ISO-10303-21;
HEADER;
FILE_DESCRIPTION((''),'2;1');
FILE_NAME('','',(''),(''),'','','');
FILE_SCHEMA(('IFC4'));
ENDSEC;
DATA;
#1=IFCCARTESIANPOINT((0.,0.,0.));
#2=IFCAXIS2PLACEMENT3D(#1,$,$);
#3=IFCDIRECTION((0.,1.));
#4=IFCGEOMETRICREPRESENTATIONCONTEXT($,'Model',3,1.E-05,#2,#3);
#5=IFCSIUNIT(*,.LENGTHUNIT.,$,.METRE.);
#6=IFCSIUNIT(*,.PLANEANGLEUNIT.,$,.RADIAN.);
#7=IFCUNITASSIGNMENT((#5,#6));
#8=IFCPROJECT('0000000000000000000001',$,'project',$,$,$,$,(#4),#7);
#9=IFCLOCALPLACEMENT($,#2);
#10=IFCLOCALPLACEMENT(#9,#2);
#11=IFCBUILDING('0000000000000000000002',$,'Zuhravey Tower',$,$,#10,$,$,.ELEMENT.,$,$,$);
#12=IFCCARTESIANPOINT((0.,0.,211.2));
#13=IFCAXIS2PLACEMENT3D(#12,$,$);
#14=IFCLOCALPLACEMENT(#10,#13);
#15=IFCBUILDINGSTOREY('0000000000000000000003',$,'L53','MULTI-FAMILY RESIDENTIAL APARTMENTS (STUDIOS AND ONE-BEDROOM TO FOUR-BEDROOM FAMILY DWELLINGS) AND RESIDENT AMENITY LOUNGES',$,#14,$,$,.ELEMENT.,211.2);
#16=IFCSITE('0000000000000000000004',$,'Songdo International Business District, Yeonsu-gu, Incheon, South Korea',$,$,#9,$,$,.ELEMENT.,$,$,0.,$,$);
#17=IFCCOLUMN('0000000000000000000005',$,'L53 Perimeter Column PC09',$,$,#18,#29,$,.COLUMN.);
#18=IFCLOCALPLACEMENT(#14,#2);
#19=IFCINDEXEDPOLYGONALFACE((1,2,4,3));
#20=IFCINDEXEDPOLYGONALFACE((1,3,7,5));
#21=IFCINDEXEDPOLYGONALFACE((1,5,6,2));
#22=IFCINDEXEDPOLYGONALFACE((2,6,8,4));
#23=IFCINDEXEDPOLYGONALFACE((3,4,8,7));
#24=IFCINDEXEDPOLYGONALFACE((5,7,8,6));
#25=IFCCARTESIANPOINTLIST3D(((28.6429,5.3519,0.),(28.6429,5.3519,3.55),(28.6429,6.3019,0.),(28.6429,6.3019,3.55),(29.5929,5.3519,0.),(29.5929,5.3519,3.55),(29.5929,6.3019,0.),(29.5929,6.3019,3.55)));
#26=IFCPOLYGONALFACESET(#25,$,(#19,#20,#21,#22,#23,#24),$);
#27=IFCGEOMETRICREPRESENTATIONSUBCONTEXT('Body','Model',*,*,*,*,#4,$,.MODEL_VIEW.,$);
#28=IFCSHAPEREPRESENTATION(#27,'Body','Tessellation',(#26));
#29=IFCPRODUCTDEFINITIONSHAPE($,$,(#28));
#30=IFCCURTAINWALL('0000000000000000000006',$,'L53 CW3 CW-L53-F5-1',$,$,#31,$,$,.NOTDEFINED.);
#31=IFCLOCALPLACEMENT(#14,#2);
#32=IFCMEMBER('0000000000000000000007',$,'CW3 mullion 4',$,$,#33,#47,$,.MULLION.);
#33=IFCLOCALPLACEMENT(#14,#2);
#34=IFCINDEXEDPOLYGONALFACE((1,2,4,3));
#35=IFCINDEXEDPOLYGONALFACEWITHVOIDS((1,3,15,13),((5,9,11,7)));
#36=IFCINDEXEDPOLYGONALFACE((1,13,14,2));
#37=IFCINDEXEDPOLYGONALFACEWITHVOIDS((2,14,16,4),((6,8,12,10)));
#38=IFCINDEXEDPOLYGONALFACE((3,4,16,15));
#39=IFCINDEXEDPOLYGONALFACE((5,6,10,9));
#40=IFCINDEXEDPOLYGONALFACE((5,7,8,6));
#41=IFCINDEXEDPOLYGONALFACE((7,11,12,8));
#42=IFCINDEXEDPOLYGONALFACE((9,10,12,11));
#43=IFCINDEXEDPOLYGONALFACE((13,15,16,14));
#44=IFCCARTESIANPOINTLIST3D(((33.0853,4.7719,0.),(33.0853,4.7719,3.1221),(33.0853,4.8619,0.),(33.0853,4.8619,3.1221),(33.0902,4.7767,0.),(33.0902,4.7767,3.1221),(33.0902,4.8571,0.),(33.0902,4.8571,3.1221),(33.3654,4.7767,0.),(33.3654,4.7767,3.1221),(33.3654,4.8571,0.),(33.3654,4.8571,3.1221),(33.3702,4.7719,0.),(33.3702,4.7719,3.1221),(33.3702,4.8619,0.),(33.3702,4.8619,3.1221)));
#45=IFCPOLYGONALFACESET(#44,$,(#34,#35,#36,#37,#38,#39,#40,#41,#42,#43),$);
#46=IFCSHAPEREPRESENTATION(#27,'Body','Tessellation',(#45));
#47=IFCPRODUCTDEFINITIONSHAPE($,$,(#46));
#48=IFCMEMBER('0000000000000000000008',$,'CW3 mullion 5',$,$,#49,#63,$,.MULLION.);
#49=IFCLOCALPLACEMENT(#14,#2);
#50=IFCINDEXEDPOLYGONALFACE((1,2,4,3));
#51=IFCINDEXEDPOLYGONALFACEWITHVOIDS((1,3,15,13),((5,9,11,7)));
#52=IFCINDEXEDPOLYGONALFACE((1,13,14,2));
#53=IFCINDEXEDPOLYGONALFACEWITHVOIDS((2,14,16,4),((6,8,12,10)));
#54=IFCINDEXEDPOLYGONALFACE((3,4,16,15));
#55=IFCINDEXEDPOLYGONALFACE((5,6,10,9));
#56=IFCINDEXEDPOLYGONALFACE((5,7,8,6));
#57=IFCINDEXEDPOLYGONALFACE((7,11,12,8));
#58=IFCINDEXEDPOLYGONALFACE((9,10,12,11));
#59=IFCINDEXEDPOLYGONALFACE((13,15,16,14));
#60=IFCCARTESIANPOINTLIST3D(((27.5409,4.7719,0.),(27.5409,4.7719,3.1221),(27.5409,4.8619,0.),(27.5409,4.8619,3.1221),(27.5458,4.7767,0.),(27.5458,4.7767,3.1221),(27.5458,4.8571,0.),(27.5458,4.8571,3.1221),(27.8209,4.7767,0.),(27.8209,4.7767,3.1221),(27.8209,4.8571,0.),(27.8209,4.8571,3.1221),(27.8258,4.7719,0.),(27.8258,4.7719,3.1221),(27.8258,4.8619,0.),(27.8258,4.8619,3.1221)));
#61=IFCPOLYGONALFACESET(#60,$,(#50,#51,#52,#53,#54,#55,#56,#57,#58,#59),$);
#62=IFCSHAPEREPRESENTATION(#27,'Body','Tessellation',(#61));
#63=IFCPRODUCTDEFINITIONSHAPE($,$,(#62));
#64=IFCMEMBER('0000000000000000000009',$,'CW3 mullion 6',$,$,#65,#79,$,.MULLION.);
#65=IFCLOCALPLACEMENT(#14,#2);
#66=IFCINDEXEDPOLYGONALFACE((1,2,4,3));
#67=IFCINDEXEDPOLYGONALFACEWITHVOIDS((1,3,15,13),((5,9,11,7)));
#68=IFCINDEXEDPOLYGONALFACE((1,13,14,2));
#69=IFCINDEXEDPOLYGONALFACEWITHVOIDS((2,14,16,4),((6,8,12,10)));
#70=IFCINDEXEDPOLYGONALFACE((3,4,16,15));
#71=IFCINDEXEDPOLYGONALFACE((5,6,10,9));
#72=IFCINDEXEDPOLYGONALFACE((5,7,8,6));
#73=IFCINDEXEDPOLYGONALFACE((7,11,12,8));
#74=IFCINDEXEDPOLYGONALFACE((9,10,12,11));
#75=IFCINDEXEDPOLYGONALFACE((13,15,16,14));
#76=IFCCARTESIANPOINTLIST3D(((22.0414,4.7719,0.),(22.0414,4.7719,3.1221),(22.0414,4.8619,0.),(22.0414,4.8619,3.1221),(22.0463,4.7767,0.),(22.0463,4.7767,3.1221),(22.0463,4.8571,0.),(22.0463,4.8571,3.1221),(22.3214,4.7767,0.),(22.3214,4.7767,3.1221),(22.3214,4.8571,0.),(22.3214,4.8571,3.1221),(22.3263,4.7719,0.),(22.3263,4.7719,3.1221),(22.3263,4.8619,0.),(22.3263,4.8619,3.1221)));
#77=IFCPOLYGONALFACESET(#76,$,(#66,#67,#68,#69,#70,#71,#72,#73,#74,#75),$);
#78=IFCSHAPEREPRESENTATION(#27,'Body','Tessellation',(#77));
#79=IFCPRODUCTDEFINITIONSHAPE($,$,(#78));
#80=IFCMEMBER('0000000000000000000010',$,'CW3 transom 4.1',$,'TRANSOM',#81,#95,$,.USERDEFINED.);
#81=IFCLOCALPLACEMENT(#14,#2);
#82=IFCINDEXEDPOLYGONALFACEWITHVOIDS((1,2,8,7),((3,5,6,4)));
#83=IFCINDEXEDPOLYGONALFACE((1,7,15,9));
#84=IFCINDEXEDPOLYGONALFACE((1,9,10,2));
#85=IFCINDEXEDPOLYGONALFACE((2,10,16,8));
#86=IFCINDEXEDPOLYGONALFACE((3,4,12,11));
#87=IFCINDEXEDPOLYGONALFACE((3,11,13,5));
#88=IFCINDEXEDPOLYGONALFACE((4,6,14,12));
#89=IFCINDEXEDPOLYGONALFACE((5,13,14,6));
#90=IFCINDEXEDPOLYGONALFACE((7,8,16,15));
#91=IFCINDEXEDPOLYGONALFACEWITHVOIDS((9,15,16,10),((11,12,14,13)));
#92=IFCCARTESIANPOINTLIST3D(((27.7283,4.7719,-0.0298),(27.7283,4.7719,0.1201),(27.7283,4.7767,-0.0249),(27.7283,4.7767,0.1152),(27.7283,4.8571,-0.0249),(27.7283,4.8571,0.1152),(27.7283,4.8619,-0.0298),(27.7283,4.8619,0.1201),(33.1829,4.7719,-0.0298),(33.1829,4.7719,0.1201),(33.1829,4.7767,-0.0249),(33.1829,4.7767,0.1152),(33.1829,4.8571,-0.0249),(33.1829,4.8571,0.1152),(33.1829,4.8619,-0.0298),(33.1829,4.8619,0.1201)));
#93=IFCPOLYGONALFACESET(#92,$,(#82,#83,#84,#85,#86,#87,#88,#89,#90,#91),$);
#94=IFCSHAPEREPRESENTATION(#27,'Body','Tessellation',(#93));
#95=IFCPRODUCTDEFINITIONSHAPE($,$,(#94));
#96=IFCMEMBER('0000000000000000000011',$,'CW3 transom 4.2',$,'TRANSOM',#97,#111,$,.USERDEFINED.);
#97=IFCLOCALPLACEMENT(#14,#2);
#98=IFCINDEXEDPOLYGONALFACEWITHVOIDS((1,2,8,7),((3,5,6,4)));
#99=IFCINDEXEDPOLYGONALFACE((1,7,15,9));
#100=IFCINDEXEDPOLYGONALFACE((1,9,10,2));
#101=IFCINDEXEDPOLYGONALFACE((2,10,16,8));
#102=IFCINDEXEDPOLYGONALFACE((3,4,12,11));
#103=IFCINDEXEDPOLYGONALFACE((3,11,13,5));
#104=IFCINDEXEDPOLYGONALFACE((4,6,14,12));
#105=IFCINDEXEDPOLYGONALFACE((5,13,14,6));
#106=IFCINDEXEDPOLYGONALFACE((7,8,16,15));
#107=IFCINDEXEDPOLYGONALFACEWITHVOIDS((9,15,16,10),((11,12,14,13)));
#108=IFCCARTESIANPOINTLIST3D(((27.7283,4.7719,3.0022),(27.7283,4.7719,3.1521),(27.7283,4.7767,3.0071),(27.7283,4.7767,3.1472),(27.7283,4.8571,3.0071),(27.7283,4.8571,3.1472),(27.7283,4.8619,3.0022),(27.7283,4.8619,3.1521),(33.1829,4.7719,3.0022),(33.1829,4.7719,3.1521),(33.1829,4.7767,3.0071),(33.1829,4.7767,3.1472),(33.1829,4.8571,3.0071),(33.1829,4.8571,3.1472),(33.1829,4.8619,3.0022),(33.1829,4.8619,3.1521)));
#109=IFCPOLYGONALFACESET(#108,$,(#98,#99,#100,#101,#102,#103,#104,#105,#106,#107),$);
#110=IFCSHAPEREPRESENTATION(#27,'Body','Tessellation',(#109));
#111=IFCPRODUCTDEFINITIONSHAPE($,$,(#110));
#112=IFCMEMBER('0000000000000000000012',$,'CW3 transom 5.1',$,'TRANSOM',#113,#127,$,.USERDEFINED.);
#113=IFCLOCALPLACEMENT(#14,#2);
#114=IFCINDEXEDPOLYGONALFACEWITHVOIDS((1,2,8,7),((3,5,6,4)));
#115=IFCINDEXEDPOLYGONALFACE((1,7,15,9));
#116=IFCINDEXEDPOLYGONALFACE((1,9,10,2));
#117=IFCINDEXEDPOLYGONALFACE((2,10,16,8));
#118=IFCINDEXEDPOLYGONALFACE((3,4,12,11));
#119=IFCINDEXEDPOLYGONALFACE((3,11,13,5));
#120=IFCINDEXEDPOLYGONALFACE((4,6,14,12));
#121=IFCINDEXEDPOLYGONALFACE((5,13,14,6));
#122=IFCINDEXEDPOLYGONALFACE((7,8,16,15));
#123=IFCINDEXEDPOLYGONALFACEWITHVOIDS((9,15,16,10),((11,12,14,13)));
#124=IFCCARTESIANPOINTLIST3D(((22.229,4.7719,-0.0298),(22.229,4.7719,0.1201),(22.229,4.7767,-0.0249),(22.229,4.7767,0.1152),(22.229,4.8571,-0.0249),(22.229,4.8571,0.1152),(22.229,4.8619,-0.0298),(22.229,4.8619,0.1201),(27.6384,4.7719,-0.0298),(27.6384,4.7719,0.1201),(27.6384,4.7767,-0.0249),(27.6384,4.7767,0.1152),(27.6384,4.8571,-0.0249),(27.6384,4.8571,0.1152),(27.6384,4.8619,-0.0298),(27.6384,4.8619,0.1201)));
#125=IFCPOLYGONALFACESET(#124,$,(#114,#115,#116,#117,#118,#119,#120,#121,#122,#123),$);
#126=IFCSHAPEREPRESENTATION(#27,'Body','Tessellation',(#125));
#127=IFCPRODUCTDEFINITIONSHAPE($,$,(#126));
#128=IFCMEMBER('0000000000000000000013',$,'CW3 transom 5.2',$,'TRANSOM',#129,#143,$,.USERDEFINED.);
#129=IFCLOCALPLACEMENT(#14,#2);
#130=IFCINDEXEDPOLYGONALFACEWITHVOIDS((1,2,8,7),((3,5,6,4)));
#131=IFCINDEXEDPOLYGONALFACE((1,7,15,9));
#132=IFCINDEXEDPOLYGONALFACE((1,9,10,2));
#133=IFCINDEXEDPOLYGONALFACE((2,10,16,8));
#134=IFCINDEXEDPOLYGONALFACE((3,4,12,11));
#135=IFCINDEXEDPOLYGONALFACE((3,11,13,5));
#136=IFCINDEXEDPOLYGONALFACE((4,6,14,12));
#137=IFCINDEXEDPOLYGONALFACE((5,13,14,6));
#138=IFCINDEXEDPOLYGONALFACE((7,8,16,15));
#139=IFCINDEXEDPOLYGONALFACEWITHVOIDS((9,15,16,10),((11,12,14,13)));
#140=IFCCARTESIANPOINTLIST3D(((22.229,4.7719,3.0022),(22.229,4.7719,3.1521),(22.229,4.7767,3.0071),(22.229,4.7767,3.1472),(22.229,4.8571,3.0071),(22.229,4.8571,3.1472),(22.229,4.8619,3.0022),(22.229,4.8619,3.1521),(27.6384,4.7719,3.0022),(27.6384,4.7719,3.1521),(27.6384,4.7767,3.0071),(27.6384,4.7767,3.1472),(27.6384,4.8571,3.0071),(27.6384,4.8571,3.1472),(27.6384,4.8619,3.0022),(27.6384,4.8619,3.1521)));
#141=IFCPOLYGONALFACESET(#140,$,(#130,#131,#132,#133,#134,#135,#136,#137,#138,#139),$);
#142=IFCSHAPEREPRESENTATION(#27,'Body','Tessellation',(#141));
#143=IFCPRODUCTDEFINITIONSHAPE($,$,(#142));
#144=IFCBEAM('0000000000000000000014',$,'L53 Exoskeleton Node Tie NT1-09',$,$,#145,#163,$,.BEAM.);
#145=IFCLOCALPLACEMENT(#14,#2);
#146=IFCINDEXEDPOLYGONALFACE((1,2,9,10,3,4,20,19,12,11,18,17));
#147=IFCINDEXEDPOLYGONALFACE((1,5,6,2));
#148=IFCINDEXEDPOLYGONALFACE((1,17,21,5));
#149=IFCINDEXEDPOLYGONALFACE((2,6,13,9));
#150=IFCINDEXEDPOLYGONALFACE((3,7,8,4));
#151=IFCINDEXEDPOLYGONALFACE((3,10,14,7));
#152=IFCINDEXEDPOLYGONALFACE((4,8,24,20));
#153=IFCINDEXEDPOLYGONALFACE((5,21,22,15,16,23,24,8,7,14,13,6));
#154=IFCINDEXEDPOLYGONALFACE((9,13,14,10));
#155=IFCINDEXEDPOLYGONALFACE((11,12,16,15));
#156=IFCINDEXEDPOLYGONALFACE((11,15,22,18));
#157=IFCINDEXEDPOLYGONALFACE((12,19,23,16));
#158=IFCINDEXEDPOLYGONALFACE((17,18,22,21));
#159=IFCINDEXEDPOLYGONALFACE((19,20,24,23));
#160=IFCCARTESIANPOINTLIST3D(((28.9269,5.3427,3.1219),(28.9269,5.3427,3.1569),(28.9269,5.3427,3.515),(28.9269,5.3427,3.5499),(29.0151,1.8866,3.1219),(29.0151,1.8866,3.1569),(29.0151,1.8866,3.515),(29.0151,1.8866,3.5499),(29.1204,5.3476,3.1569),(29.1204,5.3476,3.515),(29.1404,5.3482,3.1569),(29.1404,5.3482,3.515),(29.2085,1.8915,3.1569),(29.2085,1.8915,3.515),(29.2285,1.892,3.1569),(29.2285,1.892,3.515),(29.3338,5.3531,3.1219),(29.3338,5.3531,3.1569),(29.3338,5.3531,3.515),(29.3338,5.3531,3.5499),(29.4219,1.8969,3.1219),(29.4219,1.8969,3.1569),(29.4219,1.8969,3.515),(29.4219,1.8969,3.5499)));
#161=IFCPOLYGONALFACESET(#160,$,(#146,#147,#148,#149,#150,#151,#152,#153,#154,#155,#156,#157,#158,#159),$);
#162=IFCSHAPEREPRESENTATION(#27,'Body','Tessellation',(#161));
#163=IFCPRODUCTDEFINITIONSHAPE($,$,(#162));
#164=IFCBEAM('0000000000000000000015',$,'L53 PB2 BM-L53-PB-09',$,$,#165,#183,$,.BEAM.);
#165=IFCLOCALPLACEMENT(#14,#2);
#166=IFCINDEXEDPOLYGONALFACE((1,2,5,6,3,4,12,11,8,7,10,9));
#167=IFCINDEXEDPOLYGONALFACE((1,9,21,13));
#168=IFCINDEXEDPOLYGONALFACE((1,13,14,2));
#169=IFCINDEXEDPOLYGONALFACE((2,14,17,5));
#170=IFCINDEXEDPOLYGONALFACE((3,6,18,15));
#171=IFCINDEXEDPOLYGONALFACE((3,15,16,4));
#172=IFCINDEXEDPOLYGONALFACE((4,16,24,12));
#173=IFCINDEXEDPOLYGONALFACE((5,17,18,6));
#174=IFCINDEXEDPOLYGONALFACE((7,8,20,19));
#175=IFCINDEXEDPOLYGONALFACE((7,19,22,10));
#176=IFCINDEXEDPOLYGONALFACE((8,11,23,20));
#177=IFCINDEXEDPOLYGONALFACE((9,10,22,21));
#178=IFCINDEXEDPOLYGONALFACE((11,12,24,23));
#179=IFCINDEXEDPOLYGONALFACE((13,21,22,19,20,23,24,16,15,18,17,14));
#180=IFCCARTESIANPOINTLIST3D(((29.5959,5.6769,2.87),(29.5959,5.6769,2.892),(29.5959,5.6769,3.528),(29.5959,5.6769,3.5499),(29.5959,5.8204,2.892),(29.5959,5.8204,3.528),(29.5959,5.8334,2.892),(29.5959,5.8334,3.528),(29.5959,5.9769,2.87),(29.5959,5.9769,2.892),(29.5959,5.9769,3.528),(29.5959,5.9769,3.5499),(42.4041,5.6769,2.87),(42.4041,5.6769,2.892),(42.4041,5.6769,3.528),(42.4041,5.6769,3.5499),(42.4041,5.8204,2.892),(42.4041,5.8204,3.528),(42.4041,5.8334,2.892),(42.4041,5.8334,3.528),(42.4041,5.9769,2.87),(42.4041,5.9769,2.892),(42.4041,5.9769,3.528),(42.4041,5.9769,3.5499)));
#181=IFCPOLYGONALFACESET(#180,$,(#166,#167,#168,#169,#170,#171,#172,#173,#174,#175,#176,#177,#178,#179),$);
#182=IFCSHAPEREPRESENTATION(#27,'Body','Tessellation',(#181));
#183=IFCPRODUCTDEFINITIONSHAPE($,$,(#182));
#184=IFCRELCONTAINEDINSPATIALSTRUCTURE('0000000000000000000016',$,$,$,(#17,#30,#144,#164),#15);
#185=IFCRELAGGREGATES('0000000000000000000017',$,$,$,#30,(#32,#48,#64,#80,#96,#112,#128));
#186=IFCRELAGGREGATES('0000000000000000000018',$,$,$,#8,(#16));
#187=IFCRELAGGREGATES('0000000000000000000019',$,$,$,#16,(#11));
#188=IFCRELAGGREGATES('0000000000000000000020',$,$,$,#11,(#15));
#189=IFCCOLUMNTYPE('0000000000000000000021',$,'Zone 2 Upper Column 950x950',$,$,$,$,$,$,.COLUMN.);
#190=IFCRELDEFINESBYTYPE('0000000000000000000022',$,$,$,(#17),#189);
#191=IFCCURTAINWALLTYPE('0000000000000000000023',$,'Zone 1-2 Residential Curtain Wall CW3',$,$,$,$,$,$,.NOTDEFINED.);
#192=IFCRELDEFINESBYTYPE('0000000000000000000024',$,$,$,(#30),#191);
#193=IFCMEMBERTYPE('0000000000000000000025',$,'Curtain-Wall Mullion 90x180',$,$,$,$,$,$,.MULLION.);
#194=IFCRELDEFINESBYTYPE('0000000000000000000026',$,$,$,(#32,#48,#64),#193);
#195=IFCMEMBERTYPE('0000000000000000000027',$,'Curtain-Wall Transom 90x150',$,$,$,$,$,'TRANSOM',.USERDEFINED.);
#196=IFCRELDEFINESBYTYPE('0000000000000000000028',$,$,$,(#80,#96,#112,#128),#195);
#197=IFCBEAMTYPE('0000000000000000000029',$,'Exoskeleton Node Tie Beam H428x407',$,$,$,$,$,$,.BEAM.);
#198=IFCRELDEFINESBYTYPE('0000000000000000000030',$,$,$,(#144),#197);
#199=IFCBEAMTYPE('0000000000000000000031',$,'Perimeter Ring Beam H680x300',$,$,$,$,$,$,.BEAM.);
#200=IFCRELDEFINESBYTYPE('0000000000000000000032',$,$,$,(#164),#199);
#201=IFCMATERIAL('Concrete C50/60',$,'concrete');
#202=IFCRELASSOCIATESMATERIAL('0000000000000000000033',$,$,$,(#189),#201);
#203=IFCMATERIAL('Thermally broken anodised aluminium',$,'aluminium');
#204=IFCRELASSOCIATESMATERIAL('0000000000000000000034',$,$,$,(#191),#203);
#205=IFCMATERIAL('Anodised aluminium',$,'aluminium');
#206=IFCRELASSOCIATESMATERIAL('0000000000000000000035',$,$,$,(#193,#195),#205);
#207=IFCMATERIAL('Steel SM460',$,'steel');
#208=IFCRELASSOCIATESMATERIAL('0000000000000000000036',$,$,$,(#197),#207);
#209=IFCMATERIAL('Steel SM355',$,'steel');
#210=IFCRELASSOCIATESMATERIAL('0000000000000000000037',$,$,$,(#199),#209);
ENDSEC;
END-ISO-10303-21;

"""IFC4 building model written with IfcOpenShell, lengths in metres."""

from ifc_helpers import new_model, si_unit, direction, frame, origin, origin_2d, place, context, subcontext, project, spatial, rectangle, hollow_rectangle, i_section, extrude, material, material_profile, profile_set, type_object, element, aggregate, save


model = new_model("IFC4")

# Units and contexts
model_context = context("Model", 3, precision=1e-05, world=origin(), true_north=direction((0.0, 1.0)))
body_context = subcontext(model_context, "Body", "Model", "MODEL_VIEW")
ifc_project = project(units=[si_unit("LENGTHUNIT", "METRE"), si_unit("PLANEANGLEUNIT", "RADIAN")], contexts=[model_context])

# Site, building, storey
site_placement = place(None, origin())
site = spatial("IfcSite", under=ifc_project, at=site_placement, Name="Songdo International Business District, Yeonsu-gu, Incheon, South Korea", CompositionType="ELEMENT", RefElevation=0.0)
building_placement = place(site_placement, origin())
building = spatial("IfcBuilding", under=site, at=building_placement, Name="Zuhravey Tower", CompositionType="ELEMENT")
storey_placement = place(building_placement, frame((0.0, 0.0, 211.2)))
storey = spatial("IfcBuildingStorey", under=building, at=storey_placement, Name="L53", Description="MULTI-FAMILY RESIDENTIAL APARTMENTS (STUDIOS AND ONE-BEDROOM TO FOUR-BEDROOM FAMILY DWELLINGS) AND RESIDENT AMENITY LOUNGES", CompositionType="ELEMENT", Elevation=211.2)

# Column
ifc_material_1 = material(Name="Concrete C50/60", Category="concrete")
ifc_material_profile_1 = material_profile(ifc_material_1, rectangle(XDim=0.95, YDim=0.95, at=origin_2d()), Name="RC-950x950")
ifc_profile_set_1 = profile_set([ifc_material_profile_1], Name="Concrete C50/60")
column_type = type_object("IfcColumnType", Name="Zone 2 Upper Column 950x950", PredefinedType="COLUMN", material=ifc_profile_set_1)
column_placement = place(storey_placement, frame((29.1179, 5.8269, 0.0), z_axis=(0.0, 0.0, 1.0), x_axis=(1.0, 0.0, 0.0)))
element("IfcColumn", 1, at=column_placement, inside=storey, type_object=column_type, Name="L53 Perimeter Column PC09", PredefinedType="COLUMN", context=body_context, shape_type="SweptSolid", body=[
    extrude(rectangle(XDim=0.95, YDim=0.95, at=origin_2d()), origin(), (0.0, 0.0, 1.0), 3.55),
])

# Curtain wall, members
ifc_material_2 = material(Name="Thermally broken anodised aluminium", Category="aluminium")
curtain_wall_type = type_object("IfcCurtainWallType", Name="Zone 1-2 Residential Curtain Wall CW3", PredefinedType="NOTDEFINED", material=ifc_material_2)
curtain_wall_placement = place(storey_placement, origin())
curtain_wall = element("IfcCurtainWall", 2, at=curtain_wall_placement, inside=storey, type_object=curtain_wall_type, Name="L53 CW3 CW-L53-F5-1", PredefinedType="NOTDEFINED")
ifc_material_3 = material(Name="Anodised aluminium", Category="aluminium")
ifc_material_profile_2 = material_profile(ifc_material_3, hollow_rectangle(XDim=0.0901, YDim=0.2849, WallThickness=0.0049, at=origin_2d()), Name="ALU-RHS-90x285x5")
ifc_profile_set_2 = profile_set([ifc_material_profile_2], Name="Anodised aluminium")
member_type_1 = type_object("IfcMemberType", Name="Curtain-Wall Mullion 90x180", PredefinedType="MULLION", material=ifc_profile_set_2)
member_1_placement = place(storey_placement, frame((33.2278, 4.8169, 0.0), z_axis=(0.0, 0.0, 1.0), x_axis=(0.0, -1.0, 0.0)))
member_1 = element("IfcMember", 3, at=member_1_placement, type_object=member_type_1, Name="CW3 mullion 4", PredefinedType="MULLION", context=body_context, shape_type="SweptSolid", body=[
    extrude(hollow_rectangle(XDim=0.0901, YDim=0.2849, WallThickness=0.0049, at=origin_2d()), origin(), (0.0, 0.0, 1.0), 3.1221),
])
member_2_placement = place(storey_placement, frame((27.6833, 4.8169, 0.0), z_axis=(0.0, 0.0, 1.0), x_axis=(0.0, -1.0, 0.0)))
member_2 = element("IfcMember", 4, at=member_2_placement, type_object=member_type_1, Name="CW3 mullion 5", PredefinedType="MULLION", context=body_context, shape_type="SweptSolid", body=[
    extrude(hollow_rectangle(XDim=0.0901, YDim=0.2849, WallThickness=0.0049, at=origin_2d()), origin(), (0.0, 0.0, 1.0), 3.1221),
])
member_3_placement = place(storey_placement, frame((22.1838, 4.8169, 0.0), z_axis=(0.0, 0.0, 1.0), x_axis=(0.0, -1.0, 0.0)))
member_3 = element("IfcMember", 5, at=member_3_placement, type_object=member_type_1, Name="CW3 mullion 6", PredefinedType="MULLION", context=body_context, shape_type="SweptSolid", body=[
    extrude(hollow_rectangle(XDim=0.0901, YDim=0.2849, WallThickness=0.0049, at=origin_2d()), origin(), (0.0, 0.0, 1.0), 3.1221),
])
ifc_material_profile_3 = material_profile(ifc_material_3, hollow_rectangle(XDim=0.0901, YDim=0.1499, WallThickness=0.0049, at=origin_2d()), Name="ALU-RHS-90x150x5")
ifc_profile_set_3 = profile_set([ifc_material_profile_3], Name="Anodised aluminium")
member_type_2 = type_object("IfcMemberType", Name="Curtain-Wall Transom 90x150", ElementType="TRANSOM", PredefinedType="USERDEFINED", material=ifc_profile_set_3)
member_4_placement = place(storey_placement, frame((33.1829, 4.8169, 0.0452), z_axis=(-1.0, 0.0, 0.0), x_axis=(0.0, -1.0, 0.0)))
member_4 = element("IfcMember", 6, at=member_4_placement, type_object=member_type_2, Name="CW3 transom 4.1", ObjectType="TRANSOM", PredefinedType="USERDEFINED", context=body_context, shape_type="SweptSolid", body=[
    extrude(hollow_rectangle(XDim=0.0901, YDim=0.1499, WallThickness=0.0049, at=origin_2d()), origin(), (0.0, 0.0, 1.0), 5.4546),
])
member_5_placement = place(storey_placement, frame((33.1829, 4.8169, 3.0771), z_axis=(-1.0, 0.0, 0.0), x_axis=(0.0, -1.0, 0.0)))
member_5 = element("IfcMember", 7, at=member_5_placement, type_object=member_type_2, Name="CW3 transom 4.2", ObjectType="TRANSOM", PredefinedType="USERDEFINED", context=body_context, shape_type="SweptSolid", body=[
    extrude(hollow_rectangle(XDim=0.0901, YDim=0.1499, WallThickness=0.0049, at=origin_2d()), origin(), (0.0, 0.0, 1.0), 5.4546),
])
member_6_placement = place(storey_placement, frame((27.6384, 4.8169, 0.0452), z_axis=(-1.0, 0.0, 0.0), x_axis=(0.0, -1.0, 0.0)))
member_6 = element("IfcMember", 8, at=member_6_placement, type_object=member_type_2, Name="CW3 transom 5.1", ObjectType="TRANSOM", PredefinedType="USERDEFINED", context=body_context, shape_type="SweptSolid", body=[
    extrude(hollow_rectangle(XDim=0.0901, YDim=0.1499, WallThickness=0.0049, at=origin_2d()), origin(), (0.0, 0.0, 1.0), 5.4094),
])
member_7_placement = place(storey_placement, frame((27.6384, 4.8169, 3.0771), z_axis=(-1.0, 0.0, 0.0), x_axis=(0.0, -1.0, 0.0)))
member_7 = element("IfcMember", 9, at=member_7_placement, type_object=member_type_2, Name="CW3 transom 5.2", ObjectType="TRANSOM", PredefinedType="USERDEFINED", context=body_context, shape_type="SweptSolid", body=[
    extrude(hollow_rectangle(XDim=0.0901, YDim=0.1499, WallThickness=0.0049, at=origin_2d()), origin(), (0.0, 0.0, 1.0), 5.4094),
])

# Beams
ifc_material_4 = material(Name="Steel SM460", Category="steel")
ifc_material_profile_4 = material_profile(ifc_material_4, i_section(OverallWidth=0.407, OverallDepth=0.428, WebThickness=0.02, FlangeThickness=0.0349, at=origin_2d()), Name="H-428x407x20x35")
ifc_profile_set_4 = profile_set([ifc_material_profile_4], Name="Steel SM460")
beam_type_1 = type_object("IfcBeamType", Name="Exoskeleton Node Tie Beam H428x407", PredefinedType="BEAM", material=ifc_profile_set_4)
beam_1_placement = place(storey_placement, frame((29.1304, 5.3479, 3.3359), z_axis=(0.025493, -0.999675, 0.0), x_axis=(0.999675, 0.025493, 0.0)))
element("IfcBeam", 10, at=beam_1_placement, inside=storey, type_object=beam_type_1, Name="L53 Exoskeleton Node Tie NT1-09", PredefinedType="BEAM", context=body_context, shape_type="SweptSolid", body=[
    extrude(i_section(OverallWidth=0.407, OverallDepth=0.428, WebThickness=0.02, FlangeThickness=0.0349, at=origin_2d()), origin(), (0.0, 0.0, 1.0), 3.4573),
])
ifc_material_5 = material(Name="Steel SM355", Category="steel")
ifc_material_profile_5 = material_profile(ifc_material_5, i_section(OverallWidth=0.3, OverallDepth=0.6799, WebThickness=0.0129, FlangeThickness=0.022, at=origin_2d()), Name="H-680x300x13x22")
ifc_profile_set_5 = profile_set([ifc_material_profile_5], Name="Steel SM355")
beam_type_2 = type_object("IfcBeamType", Name="Perimeter Ring Beam H680x300", PredefinedType="BEAM", material=ifc_profile_set_5)
beam_2_placement = place(storey_placement, frame((29.5959, 5.8269, 3.21), z_axis=(1.0, 0.0, 0.0), x_axis=(0.0, 1.0, 0.0)))
element("IfcBeam", 11, at=beam_2_placement, inside=storey, type_object=beam_type_2, Name="L53 PB2 BM-L53-PB-09", PredefinedType="BEAM", context=body_context, shape_type="SweptSolid", body=[
    extrude(i_section(OverallWidth=0.3, OverallDepth=0.6799, WebThickness=0.0129, FlangeThickness=0.022, at=origin_2d()), origin(), (0.0, 0.0, 1.0), 12.8081),
])

aggregate(curtain_wall, [member_1, member_2, member_3, member_4, member_5, member_6, member_7])

save(model, "model.ifc")
